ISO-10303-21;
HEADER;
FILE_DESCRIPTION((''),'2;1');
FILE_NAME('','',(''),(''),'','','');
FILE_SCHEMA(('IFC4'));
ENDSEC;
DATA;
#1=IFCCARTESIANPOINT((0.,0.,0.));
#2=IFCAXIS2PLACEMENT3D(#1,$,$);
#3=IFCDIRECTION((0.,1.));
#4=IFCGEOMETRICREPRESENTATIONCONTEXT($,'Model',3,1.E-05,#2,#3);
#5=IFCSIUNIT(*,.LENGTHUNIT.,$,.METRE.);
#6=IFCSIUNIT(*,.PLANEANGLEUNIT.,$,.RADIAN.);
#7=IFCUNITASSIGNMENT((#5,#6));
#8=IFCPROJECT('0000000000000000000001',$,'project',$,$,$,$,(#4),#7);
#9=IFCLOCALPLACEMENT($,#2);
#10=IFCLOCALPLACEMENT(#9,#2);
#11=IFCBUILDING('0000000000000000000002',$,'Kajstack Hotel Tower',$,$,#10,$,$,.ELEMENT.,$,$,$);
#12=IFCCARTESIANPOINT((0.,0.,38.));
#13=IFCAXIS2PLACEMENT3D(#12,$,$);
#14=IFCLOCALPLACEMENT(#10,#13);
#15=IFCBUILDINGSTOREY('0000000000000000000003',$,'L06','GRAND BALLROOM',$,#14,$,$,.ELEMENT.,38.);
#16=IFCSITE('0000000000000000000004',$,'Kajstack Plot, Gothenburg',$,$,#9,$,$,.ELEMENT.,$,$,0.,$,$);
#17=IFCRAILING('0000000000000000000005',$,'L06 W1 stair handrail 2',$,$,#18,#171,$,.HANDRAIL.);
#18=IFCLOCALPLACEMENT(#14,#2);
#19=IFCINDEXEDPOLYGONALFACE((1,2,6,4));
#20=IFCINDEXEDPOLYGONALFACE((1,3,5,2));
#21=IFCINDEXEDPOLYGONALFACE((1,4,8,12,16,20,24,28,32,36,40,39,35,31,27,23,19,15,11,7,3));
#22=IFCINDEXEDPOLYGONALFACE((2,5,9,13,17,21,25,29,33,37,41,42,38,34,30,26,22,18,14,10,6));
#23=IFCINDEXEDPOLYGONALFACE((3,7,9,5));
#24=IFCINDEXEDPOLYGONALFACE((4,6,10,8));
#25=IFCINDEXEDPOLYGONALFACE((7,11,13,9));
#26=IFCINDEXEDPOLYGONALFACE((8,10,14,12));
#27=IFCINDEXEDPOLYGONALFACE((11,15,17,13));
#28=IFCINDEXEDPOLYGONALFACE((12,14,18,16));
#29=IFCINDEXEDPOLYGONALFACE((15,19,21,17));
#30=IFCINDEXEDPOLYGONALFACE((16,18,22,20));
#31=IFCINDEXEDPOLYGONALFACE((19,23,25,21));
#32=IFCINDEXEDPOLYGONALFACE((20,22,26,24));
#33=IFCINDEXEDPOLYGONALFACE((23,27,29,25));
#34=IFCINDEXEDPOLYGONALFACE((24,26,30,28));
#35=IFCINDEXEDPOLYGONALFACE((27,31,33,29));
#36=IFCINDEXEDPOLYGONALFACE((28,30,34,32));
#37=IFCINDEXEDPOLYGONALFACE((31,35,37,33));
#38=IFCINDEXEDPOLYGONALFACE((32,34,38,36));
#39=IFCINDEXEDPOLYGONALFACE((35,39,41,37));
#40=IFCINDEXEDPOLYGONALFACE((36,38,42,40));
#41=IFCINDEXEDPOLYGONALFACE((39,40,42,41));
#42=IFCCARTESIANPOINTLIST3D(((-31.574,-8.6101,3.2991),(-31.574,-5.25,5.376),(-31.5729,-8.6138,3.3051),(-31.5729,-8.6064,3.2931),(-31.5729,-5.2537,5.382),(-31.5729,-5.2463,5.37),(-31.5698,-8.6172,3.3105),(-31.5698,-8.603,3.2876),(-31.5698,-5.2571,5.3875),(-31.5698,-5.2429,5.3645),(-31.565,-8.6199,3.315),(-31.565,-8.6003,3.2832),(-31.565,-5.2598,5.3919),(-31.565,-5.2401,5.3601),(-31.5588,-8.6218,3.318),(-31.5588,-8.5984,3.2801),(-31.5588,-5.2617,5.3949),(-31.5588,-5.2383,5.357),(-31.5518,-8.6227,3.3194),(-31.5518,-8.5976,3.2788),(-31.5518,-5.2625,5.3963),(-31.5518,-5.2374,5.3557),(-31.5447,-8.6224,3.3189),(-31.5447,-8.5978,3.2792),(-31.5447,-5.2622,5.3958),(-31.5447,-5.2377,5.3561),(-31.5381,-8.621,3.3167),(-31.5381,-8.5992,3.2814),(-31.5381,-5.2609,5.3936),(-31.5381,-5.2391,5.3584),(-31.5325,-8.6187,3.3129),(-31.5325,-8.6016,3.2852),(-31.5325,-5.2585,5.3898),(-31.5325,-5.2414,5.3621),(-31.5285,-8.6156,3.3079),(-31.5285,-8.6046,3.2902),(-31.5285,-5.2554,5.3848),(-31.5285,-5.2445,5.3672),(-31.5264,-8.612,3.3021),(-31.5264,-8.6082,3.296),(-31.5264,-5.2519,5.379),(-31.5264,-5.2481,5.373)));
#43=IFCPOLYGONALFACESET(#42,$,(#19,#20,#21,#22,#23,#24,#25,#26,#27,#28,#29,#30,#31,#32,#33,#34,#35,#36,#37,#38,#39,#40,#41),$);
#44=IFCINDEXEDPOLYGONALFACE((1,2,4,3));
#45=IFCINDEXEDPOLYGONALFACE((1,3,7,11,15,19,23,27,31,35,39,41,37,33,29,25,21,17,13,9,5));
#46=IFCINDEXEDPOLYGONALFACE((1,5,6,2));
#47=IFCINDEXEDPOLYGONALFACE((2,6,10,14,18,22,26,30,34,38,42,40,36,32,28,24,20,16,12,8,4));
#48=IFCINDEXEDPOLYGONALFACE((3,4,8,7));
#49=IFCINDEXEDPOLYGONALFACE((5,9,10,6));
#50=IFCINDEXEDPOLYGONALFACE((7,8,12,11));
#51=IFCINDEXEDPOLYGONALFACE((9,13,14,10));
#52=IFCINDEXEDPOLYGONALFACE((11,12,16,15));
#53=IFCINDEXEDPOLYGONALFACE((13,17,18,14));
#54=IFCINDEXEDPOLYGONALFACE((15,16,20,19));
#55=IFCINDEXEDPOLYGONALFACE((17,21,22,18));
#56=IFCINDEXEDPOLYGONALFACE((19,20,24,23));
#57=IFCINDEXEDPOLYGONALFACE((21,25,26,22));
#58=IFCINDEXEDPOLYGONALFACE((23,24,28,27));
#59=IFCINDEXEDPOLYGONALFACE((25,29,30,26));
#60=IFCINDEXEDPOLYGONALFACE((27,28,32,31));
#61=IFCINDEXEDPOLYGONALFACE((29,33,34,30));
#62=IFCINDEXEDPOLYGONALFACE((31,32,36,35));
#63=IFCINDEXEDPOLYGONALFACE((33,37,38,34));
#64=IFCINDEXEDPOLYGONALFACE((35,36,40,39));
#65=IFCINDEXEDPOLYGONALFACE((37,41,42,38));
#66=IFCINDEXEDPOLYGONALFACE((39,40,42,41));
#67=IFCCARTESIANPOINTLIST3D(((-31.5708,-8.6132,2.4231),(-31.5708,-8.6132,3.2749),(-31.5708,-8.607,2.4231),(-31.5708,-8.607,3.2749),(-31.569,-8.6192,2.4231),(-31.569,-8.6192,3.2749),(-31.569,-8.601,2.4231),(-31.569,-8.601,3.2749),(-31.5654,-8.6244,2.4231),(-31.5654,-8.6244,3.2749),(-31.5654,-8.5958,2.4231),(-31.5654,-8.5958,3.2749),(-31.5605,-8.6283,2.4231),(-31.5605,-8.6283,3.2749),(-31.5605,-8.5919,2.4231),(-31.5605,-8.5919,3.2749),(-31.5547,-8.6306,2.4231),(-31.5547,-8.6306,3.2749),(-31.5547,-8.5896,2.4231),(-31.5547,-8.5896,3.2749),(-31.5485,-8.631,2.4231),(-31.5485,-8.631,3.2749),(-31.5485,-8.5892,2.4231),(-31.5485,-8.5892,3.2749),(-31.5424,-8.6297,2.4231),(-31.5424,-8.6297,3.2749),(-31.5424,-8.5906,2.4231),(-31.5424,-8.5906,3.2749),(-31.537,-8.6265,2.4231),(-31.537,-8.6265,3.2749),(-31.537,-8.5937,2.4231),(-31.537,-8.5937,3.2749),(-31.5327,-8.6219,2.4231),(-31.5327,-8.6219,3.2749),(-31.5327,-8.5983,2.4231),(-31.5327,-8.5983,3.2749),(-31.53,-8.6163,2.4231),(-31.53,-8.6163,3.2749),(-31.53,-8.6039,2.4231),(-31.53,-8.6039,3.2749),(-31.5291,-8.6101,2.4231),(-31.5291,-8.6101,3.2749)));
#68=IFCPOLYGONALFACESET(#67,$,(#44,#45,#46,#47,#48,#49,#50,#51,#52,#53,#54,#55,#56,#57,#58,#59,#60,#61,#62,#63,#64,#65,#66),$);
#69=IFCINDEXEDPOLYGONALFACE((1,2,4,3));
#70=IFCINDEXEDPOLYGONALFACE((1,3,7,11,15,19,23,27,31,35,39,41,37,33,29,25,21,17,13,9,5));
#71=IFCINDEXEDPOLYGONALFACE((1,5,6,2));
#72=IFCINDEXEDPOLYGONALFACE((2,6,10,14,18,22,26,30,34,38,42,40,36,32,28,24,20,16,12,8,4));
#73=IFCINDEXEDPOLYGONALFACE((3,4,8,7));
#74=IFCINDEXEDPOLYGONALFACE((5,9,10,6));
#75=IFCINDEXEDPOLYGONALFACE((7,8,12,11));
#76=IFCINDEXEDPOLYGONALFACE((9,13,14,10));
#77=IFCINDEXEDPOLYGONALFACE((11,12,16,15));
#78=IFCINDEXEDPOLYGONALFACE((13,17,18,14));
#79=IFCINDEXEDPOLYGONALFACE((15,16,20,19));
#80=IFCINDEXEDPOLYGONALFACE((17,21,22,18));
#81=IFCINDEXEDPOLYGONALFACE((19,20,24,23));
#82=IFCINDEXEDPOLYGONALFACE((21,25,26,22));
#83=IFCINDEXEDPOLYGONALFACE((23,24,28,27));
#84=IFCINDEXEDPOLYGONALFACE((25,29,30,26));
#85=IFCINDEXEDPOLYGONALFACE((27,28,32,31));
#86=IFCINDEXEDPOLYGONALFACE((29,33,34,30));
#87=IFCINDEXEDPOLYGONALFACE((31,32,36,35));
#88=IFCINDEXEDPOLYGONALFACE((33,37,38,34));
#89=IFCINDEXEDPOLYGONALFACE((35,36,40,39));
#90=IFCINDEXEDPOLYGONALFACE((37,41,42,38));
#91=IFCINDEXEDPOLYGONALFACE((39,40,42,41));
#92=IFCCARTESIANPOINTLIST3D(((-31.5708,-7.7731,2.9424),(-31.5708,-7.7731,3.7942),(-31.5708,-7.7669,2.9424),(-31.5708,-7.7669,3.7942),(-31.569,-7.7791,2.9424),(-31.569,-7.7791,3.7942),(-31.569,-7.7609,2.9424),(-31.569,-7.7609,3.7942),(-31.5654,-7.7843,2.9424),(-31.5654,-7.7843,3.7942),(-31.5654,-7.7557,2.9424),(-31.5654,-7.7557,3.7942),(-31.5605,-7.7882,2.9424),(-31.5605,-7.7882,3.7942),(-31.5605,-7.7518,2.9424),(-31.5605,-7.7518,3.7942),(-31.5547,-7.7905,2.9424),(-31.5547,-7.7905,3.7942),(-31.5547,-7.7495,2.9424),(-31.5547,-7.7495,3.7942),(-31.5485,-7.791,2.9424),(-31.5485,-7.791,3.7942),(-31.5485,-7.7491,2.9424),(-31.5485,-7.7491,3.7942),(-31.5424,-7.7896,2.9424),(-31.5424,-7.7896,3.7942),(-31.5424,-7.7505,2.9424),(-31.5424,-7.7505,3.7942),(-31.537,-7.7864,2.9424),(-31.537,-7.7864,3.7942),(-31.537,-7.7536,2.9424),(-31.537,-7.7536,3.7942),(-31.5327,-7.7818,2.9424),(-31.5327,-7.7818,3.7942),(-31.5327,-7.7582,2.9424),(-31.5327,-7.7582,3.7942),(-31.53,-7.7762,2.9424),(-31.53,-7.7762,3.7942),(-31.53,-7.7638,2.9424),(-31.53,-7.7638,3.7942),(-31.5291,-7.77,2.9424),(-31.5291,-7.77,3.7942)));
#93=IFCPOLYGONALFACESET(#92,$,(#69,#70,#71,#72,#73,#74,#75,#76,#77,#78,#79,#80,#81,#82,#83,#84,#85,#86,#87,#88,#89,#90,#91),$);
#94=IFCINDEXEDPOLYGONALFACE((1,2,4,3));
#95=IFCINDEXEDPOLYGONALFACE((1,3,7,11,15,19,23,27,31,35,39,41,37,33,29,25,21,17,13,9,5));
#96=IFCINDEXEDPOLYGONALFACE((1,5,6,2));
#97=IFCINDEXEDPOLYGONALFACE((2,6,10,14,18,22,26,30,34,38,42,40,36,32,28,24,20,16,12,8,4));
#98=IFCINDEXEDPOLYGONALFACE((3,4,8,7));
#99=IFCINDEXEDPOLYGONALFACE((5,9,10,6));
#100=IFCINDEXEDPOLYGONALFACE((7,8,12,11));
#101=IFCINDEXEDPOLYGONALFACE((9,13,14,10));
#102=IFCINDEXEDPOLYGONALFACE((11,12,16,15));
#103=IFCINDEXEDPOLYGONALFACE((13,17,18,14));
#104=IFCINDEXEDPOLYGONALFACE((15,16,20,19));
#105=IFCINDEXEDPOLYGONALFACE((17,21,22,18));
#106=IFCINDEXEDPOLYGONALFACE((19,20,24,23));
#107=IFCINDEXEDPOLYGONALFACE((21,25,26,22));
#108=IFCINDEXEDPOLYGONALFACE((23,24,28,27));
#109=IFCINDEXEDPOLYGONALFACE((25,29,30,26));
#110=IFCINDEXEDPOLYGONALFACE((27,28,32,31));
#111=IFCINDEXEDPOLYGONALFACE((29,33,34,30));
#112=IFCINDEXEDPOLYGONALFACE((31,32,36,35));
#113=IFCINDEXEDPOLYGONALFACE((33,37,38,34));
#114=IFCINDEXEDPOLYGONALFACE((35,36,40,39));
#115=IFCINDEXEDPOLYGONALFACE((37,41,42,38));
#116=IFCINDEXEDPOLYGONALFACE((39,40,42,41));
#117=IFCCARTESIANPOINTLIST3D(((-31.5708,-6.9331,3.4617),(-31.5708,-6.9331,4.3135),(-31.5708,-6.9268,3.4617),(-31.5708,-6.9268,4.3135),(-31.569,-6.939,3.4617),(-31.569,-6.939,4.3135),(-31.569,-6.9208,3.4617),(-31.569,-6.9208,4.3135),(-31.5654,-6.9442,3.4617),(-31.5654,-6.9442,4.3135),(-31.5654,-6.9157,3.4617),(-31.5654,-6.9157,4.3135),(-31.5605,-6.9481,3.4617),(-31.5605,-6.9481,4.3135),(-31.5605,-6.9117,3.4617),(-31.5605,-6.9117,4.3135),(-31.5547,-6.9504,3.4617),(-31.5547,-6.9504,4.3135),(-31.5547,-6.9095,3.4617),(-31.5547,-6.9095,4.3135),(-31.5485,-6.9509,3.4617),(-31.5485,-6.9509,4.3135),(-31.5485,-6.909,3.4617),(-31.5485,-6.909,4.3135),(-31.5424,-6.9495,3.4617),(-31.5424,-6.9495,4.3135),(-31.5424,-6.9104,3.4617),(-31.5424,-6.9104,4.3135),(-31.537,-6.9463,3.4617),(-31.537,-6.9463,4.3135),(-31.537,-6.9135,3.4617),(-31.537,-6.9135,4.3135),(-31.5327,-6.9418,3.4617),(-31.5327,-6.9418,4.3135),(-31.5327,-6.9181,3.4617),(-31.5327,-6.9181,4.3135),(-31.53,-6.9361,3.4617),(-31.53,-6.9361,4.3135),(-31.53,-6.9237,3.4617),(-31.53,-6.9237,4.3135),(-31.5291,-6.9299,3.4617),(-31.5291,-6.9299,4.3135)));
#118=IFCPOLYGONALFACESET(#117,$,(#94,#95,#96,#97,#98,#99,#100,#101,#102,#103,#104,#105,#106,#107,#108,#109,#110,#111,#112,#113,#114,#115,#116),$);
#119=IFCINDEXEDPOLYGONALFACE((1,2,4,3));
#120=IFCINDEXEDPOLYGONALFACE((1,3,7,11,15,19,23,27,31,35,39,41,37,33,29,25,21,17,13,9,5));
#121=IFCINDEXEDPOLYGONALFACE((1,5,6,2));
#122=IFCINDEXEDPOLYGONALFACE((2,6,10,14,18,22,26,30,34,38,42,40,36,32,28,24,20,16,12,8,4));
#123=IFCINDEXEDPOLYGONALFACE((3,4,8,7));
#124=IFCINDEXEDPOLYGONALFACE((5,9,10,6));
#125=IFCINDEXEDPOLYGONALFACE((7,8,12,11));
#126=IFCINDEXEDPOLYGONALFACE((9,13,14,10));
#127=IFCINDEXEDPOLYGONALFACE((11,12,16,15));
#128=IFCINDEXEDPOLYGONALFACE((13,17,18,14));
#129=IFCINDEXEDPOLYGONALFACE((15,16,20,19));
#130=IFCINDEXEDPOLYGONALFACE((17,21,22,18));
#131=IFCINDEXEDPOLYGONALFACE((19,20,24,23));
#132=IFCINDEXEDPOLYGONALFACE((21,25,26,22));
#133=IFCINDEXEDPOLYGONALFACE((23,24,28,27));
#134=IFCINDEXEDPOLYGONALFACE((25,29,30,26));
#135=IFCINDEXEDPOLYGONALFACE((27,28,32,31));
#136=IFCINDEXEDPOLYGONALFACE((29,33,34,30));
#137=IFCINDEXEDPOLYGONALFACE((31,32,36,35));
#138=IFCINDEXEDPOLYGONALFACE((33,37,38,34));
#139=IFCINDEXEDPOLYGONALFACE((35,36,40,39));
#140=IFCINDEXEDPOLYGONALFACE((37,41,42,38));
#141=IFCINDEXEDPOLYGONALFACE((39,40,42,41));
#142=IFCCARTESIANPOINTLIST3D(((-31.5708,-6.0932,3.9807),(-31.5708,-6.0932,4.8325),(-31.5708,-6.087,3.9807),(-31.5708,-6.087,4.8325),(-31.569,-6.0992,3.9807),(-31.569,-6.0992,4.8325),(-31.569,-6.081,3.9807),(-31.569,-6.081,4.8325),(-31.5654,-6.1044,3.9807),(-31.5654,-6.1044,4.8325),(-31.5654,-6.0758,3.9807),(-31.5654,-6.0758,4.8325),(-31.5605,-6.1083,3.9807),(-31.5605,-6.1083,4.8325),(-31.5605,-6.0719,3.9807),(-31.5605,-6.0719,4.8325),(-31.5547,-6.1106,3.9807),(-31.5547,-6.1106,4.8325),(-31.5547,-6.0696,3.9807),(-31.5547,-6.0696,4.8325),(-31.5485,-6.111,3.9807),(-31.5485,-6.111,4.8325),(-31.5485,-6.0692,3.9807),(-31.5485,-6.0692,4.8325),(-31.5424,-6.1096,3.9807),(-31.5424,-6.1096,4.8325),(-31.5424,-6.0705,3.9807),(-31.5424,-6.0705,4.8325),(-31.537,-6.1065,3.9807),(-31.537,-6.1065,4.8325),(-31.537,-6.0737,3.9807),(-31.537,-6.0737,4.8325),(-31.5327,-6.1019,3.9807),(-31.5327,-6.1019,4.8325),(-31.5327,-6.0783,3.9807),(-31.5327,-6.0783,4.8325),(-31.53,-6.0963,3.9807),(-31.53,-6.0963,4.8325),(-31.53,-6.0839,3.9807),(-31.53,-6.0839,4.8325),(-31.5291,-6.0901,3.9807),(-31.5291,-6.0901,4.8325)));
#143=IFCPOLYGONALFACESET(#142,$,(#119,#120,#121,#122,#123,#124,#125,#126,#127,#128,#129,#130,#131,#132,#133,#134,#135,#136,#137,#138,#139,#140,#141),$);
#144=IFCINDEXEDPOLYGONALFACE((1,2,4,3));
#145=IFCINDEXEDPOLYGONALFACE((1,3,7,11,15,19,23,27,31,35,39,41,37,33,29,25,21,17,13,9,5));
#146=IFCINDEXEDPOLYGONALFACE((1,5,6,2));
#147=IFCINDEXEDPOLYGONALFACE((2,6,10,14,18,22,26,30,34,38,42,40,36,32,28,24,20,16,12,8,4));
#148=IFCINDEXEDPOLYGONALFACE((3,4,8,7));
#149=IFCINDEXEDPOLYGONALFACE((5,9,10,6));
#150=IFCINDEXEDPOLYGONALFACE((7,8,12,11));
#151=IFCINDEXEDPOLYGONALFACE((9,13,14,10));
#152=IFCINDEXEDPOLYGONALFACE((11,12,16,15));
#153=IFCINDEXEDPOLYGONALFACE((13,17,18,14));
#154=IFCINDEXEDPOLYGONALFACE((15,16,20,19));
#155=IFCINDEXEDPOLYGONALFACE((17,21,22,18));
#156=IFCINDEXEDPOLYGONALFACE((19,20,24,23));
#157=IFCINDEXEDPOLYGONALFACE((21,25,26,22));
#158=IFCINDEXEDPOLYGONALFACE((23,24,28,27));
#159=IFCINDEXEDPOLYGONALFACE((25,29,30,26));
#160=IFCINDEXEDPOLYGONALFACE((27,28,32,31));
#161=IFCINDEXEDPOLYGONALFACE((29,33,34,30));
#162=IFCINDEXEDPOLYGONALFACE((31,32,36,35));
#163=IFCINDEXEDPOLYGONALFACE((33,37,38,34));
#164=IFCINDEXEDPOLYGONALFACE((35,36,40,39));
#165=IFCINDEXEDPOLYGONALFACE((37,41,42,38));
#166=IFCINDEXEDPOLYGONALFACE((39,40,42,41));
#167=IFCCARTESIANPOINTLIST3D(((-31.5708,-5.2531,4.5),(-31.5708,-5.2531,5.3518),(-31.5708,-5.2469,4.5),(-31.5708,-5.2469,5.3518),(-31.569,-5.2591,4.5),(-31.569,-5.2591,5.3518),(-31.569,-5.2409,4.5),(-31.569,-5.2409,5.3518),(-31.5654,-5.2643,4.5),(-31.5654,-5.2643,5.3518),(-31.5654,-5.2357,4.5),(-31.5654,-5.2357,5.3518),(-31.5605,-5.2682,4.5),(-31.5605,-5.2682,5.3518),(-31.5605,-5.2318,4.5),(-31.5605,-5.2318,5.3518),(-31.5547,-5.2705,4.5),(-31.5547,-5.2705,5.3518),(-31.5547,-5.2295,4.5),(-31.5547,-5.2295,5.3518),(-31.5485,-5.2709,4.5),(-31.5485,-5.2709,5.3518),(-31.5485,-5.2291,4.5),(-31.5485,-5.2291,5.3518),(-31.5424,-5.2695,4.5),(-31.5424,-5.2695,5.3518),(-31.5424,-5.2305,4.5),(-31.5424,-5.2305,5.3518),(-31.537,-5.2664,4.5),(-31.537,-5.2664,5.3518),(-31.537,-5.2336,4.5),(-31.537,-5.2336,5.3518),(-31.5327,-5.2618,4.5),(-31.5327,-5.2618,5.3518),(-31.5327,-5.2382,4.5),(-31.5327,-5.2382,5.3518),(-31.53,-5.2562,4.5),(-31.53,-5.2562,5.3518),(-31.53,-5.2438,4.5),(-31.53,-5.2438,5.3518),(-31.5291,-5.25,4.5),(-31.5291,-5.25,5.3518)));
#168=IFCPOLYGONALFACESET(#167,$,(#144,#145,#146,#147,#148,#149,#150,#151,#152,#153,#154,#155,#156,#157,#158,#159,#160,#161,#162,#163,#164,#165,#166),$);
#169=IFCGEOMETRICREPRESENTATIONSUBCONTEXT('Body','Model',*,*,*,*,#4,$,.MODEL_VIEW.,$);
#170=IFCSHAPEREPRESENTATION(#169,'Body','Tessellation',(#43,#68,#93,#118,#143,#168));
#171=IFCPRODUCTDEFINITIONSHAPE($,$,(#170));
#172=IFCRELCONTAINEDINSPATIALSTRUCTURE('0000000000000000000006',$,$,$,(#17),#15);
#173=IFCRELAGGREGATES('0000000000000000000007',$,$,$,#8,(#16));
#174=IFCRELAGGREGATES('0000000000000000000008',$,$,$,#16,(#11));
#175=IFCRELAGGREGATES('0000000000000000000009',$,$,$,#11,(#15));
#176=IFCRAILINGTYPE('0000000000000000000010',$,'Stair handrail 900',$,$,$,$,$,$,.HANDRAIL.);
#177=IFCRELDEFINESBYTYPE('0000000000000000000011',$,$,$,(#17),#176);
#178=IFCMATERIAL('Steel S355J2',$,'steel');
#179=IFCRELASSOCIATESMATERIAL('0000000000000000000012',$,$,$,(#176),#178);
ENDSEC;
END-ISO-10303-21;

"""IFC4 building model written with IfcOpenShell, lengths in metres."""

from ifc_helpers import new_model, si_unit, direction, frame, origin, origin_2d, place, context, subcontext, project, spatial, circle, extrude, material, type_object, element, save


model = new_model("IFC4")

# Units and contexts
model_context = context("Model", 3, precision=1e-05, world=origin(), true_north=direction((0.0, 1.0)))
body_context = subcontext(model_context, "Body", "Model", "MODEL_VIEW")
ifc_project = project(units=[si_unit("LENGTHUNIT", "METRE"), si_unit("PLANEANGLEUNIT", "RADIAN")], contexts=[model_context])

# Site, building, storey
site_placement = place(None, origin())
site = spatial("IfcSite", under=ifc_project, at=site_placement, Name="Kajstack Plot, Gothenburg", CompositionType="ELEMENT", RefElevation=0.0)
building_placement = place(site_placement, origin())
building = spatial("IfcBuilding", under=site, at=building_placement, Name="Kajstack Hotel Tower", CompositionType="ELEMENT")
storey_placement = place(building_placement, frame((0.0, 0.0, 38.0)))
storey = spatial("IfcBuildingStorey", under=building, at=storey_placement, Name="L06", Description="GRAND BALLROOM", CompositionType="ELEMENT", Elevation=38.0)

# Railing
ifc_material_1 = material(Name="Steel S355J2", Category="steel")
railing_type_1 = type_object("IfcRailingType", Name="Stair handrail 900", PredefinedType="HANDRAIL", material=ifc_material_1)
railing_1_placement = place(storey_placement, frame((-31.55, -8.6101, 2.4231)))
element("IfcRailing", 1, at=railing_1_placement, inside=storey, type_object=railing_type_1, Name="L06 W1 stair handrail 2", PredefinedType="HANDRAIL", context=body_context, shape_type="SweptSolid", body=[
    extrude(circle(Radius=0.0239, at=origin_2d()), frame((0.0, 0.0, 0.876), z_axis=(0.0, 0.850623, 0.525776), x_axis=(-1.0, 0.0, 0.0)), (0.0, 0.0, 1.0), 3.9502),
    extrude(circle(Radius=0.021, at=origin_2d()), origin(), (0.0, 0.0, 1.0), 0.8518),
    extrude(circle(Radius=0.021, at=origin_2d()), frame((0.0, 0.8401, 0.5193)), (0.0, 0.0, 1.0), 0.8518),
    extrude(circle(Radius=0.021, at=origin_2d()), frame((0.0, 1.6802, 1.0386)), (0.0, 0.0, 1.0), 0.8518),
    extrude(circle(Radius=0.021, at=origin_2d()), frame((0.0, 2.52, 1.5576)), (0.0, 0.0, 1.0), 0.8518),
    extrude(circle(Radius=0.021, at=origin_2d()), frame((0.0, 3.3601, 2.0769)), (0.0, 0.0, 1.0), 0.8518),
])

save(model, "model.ifc")
